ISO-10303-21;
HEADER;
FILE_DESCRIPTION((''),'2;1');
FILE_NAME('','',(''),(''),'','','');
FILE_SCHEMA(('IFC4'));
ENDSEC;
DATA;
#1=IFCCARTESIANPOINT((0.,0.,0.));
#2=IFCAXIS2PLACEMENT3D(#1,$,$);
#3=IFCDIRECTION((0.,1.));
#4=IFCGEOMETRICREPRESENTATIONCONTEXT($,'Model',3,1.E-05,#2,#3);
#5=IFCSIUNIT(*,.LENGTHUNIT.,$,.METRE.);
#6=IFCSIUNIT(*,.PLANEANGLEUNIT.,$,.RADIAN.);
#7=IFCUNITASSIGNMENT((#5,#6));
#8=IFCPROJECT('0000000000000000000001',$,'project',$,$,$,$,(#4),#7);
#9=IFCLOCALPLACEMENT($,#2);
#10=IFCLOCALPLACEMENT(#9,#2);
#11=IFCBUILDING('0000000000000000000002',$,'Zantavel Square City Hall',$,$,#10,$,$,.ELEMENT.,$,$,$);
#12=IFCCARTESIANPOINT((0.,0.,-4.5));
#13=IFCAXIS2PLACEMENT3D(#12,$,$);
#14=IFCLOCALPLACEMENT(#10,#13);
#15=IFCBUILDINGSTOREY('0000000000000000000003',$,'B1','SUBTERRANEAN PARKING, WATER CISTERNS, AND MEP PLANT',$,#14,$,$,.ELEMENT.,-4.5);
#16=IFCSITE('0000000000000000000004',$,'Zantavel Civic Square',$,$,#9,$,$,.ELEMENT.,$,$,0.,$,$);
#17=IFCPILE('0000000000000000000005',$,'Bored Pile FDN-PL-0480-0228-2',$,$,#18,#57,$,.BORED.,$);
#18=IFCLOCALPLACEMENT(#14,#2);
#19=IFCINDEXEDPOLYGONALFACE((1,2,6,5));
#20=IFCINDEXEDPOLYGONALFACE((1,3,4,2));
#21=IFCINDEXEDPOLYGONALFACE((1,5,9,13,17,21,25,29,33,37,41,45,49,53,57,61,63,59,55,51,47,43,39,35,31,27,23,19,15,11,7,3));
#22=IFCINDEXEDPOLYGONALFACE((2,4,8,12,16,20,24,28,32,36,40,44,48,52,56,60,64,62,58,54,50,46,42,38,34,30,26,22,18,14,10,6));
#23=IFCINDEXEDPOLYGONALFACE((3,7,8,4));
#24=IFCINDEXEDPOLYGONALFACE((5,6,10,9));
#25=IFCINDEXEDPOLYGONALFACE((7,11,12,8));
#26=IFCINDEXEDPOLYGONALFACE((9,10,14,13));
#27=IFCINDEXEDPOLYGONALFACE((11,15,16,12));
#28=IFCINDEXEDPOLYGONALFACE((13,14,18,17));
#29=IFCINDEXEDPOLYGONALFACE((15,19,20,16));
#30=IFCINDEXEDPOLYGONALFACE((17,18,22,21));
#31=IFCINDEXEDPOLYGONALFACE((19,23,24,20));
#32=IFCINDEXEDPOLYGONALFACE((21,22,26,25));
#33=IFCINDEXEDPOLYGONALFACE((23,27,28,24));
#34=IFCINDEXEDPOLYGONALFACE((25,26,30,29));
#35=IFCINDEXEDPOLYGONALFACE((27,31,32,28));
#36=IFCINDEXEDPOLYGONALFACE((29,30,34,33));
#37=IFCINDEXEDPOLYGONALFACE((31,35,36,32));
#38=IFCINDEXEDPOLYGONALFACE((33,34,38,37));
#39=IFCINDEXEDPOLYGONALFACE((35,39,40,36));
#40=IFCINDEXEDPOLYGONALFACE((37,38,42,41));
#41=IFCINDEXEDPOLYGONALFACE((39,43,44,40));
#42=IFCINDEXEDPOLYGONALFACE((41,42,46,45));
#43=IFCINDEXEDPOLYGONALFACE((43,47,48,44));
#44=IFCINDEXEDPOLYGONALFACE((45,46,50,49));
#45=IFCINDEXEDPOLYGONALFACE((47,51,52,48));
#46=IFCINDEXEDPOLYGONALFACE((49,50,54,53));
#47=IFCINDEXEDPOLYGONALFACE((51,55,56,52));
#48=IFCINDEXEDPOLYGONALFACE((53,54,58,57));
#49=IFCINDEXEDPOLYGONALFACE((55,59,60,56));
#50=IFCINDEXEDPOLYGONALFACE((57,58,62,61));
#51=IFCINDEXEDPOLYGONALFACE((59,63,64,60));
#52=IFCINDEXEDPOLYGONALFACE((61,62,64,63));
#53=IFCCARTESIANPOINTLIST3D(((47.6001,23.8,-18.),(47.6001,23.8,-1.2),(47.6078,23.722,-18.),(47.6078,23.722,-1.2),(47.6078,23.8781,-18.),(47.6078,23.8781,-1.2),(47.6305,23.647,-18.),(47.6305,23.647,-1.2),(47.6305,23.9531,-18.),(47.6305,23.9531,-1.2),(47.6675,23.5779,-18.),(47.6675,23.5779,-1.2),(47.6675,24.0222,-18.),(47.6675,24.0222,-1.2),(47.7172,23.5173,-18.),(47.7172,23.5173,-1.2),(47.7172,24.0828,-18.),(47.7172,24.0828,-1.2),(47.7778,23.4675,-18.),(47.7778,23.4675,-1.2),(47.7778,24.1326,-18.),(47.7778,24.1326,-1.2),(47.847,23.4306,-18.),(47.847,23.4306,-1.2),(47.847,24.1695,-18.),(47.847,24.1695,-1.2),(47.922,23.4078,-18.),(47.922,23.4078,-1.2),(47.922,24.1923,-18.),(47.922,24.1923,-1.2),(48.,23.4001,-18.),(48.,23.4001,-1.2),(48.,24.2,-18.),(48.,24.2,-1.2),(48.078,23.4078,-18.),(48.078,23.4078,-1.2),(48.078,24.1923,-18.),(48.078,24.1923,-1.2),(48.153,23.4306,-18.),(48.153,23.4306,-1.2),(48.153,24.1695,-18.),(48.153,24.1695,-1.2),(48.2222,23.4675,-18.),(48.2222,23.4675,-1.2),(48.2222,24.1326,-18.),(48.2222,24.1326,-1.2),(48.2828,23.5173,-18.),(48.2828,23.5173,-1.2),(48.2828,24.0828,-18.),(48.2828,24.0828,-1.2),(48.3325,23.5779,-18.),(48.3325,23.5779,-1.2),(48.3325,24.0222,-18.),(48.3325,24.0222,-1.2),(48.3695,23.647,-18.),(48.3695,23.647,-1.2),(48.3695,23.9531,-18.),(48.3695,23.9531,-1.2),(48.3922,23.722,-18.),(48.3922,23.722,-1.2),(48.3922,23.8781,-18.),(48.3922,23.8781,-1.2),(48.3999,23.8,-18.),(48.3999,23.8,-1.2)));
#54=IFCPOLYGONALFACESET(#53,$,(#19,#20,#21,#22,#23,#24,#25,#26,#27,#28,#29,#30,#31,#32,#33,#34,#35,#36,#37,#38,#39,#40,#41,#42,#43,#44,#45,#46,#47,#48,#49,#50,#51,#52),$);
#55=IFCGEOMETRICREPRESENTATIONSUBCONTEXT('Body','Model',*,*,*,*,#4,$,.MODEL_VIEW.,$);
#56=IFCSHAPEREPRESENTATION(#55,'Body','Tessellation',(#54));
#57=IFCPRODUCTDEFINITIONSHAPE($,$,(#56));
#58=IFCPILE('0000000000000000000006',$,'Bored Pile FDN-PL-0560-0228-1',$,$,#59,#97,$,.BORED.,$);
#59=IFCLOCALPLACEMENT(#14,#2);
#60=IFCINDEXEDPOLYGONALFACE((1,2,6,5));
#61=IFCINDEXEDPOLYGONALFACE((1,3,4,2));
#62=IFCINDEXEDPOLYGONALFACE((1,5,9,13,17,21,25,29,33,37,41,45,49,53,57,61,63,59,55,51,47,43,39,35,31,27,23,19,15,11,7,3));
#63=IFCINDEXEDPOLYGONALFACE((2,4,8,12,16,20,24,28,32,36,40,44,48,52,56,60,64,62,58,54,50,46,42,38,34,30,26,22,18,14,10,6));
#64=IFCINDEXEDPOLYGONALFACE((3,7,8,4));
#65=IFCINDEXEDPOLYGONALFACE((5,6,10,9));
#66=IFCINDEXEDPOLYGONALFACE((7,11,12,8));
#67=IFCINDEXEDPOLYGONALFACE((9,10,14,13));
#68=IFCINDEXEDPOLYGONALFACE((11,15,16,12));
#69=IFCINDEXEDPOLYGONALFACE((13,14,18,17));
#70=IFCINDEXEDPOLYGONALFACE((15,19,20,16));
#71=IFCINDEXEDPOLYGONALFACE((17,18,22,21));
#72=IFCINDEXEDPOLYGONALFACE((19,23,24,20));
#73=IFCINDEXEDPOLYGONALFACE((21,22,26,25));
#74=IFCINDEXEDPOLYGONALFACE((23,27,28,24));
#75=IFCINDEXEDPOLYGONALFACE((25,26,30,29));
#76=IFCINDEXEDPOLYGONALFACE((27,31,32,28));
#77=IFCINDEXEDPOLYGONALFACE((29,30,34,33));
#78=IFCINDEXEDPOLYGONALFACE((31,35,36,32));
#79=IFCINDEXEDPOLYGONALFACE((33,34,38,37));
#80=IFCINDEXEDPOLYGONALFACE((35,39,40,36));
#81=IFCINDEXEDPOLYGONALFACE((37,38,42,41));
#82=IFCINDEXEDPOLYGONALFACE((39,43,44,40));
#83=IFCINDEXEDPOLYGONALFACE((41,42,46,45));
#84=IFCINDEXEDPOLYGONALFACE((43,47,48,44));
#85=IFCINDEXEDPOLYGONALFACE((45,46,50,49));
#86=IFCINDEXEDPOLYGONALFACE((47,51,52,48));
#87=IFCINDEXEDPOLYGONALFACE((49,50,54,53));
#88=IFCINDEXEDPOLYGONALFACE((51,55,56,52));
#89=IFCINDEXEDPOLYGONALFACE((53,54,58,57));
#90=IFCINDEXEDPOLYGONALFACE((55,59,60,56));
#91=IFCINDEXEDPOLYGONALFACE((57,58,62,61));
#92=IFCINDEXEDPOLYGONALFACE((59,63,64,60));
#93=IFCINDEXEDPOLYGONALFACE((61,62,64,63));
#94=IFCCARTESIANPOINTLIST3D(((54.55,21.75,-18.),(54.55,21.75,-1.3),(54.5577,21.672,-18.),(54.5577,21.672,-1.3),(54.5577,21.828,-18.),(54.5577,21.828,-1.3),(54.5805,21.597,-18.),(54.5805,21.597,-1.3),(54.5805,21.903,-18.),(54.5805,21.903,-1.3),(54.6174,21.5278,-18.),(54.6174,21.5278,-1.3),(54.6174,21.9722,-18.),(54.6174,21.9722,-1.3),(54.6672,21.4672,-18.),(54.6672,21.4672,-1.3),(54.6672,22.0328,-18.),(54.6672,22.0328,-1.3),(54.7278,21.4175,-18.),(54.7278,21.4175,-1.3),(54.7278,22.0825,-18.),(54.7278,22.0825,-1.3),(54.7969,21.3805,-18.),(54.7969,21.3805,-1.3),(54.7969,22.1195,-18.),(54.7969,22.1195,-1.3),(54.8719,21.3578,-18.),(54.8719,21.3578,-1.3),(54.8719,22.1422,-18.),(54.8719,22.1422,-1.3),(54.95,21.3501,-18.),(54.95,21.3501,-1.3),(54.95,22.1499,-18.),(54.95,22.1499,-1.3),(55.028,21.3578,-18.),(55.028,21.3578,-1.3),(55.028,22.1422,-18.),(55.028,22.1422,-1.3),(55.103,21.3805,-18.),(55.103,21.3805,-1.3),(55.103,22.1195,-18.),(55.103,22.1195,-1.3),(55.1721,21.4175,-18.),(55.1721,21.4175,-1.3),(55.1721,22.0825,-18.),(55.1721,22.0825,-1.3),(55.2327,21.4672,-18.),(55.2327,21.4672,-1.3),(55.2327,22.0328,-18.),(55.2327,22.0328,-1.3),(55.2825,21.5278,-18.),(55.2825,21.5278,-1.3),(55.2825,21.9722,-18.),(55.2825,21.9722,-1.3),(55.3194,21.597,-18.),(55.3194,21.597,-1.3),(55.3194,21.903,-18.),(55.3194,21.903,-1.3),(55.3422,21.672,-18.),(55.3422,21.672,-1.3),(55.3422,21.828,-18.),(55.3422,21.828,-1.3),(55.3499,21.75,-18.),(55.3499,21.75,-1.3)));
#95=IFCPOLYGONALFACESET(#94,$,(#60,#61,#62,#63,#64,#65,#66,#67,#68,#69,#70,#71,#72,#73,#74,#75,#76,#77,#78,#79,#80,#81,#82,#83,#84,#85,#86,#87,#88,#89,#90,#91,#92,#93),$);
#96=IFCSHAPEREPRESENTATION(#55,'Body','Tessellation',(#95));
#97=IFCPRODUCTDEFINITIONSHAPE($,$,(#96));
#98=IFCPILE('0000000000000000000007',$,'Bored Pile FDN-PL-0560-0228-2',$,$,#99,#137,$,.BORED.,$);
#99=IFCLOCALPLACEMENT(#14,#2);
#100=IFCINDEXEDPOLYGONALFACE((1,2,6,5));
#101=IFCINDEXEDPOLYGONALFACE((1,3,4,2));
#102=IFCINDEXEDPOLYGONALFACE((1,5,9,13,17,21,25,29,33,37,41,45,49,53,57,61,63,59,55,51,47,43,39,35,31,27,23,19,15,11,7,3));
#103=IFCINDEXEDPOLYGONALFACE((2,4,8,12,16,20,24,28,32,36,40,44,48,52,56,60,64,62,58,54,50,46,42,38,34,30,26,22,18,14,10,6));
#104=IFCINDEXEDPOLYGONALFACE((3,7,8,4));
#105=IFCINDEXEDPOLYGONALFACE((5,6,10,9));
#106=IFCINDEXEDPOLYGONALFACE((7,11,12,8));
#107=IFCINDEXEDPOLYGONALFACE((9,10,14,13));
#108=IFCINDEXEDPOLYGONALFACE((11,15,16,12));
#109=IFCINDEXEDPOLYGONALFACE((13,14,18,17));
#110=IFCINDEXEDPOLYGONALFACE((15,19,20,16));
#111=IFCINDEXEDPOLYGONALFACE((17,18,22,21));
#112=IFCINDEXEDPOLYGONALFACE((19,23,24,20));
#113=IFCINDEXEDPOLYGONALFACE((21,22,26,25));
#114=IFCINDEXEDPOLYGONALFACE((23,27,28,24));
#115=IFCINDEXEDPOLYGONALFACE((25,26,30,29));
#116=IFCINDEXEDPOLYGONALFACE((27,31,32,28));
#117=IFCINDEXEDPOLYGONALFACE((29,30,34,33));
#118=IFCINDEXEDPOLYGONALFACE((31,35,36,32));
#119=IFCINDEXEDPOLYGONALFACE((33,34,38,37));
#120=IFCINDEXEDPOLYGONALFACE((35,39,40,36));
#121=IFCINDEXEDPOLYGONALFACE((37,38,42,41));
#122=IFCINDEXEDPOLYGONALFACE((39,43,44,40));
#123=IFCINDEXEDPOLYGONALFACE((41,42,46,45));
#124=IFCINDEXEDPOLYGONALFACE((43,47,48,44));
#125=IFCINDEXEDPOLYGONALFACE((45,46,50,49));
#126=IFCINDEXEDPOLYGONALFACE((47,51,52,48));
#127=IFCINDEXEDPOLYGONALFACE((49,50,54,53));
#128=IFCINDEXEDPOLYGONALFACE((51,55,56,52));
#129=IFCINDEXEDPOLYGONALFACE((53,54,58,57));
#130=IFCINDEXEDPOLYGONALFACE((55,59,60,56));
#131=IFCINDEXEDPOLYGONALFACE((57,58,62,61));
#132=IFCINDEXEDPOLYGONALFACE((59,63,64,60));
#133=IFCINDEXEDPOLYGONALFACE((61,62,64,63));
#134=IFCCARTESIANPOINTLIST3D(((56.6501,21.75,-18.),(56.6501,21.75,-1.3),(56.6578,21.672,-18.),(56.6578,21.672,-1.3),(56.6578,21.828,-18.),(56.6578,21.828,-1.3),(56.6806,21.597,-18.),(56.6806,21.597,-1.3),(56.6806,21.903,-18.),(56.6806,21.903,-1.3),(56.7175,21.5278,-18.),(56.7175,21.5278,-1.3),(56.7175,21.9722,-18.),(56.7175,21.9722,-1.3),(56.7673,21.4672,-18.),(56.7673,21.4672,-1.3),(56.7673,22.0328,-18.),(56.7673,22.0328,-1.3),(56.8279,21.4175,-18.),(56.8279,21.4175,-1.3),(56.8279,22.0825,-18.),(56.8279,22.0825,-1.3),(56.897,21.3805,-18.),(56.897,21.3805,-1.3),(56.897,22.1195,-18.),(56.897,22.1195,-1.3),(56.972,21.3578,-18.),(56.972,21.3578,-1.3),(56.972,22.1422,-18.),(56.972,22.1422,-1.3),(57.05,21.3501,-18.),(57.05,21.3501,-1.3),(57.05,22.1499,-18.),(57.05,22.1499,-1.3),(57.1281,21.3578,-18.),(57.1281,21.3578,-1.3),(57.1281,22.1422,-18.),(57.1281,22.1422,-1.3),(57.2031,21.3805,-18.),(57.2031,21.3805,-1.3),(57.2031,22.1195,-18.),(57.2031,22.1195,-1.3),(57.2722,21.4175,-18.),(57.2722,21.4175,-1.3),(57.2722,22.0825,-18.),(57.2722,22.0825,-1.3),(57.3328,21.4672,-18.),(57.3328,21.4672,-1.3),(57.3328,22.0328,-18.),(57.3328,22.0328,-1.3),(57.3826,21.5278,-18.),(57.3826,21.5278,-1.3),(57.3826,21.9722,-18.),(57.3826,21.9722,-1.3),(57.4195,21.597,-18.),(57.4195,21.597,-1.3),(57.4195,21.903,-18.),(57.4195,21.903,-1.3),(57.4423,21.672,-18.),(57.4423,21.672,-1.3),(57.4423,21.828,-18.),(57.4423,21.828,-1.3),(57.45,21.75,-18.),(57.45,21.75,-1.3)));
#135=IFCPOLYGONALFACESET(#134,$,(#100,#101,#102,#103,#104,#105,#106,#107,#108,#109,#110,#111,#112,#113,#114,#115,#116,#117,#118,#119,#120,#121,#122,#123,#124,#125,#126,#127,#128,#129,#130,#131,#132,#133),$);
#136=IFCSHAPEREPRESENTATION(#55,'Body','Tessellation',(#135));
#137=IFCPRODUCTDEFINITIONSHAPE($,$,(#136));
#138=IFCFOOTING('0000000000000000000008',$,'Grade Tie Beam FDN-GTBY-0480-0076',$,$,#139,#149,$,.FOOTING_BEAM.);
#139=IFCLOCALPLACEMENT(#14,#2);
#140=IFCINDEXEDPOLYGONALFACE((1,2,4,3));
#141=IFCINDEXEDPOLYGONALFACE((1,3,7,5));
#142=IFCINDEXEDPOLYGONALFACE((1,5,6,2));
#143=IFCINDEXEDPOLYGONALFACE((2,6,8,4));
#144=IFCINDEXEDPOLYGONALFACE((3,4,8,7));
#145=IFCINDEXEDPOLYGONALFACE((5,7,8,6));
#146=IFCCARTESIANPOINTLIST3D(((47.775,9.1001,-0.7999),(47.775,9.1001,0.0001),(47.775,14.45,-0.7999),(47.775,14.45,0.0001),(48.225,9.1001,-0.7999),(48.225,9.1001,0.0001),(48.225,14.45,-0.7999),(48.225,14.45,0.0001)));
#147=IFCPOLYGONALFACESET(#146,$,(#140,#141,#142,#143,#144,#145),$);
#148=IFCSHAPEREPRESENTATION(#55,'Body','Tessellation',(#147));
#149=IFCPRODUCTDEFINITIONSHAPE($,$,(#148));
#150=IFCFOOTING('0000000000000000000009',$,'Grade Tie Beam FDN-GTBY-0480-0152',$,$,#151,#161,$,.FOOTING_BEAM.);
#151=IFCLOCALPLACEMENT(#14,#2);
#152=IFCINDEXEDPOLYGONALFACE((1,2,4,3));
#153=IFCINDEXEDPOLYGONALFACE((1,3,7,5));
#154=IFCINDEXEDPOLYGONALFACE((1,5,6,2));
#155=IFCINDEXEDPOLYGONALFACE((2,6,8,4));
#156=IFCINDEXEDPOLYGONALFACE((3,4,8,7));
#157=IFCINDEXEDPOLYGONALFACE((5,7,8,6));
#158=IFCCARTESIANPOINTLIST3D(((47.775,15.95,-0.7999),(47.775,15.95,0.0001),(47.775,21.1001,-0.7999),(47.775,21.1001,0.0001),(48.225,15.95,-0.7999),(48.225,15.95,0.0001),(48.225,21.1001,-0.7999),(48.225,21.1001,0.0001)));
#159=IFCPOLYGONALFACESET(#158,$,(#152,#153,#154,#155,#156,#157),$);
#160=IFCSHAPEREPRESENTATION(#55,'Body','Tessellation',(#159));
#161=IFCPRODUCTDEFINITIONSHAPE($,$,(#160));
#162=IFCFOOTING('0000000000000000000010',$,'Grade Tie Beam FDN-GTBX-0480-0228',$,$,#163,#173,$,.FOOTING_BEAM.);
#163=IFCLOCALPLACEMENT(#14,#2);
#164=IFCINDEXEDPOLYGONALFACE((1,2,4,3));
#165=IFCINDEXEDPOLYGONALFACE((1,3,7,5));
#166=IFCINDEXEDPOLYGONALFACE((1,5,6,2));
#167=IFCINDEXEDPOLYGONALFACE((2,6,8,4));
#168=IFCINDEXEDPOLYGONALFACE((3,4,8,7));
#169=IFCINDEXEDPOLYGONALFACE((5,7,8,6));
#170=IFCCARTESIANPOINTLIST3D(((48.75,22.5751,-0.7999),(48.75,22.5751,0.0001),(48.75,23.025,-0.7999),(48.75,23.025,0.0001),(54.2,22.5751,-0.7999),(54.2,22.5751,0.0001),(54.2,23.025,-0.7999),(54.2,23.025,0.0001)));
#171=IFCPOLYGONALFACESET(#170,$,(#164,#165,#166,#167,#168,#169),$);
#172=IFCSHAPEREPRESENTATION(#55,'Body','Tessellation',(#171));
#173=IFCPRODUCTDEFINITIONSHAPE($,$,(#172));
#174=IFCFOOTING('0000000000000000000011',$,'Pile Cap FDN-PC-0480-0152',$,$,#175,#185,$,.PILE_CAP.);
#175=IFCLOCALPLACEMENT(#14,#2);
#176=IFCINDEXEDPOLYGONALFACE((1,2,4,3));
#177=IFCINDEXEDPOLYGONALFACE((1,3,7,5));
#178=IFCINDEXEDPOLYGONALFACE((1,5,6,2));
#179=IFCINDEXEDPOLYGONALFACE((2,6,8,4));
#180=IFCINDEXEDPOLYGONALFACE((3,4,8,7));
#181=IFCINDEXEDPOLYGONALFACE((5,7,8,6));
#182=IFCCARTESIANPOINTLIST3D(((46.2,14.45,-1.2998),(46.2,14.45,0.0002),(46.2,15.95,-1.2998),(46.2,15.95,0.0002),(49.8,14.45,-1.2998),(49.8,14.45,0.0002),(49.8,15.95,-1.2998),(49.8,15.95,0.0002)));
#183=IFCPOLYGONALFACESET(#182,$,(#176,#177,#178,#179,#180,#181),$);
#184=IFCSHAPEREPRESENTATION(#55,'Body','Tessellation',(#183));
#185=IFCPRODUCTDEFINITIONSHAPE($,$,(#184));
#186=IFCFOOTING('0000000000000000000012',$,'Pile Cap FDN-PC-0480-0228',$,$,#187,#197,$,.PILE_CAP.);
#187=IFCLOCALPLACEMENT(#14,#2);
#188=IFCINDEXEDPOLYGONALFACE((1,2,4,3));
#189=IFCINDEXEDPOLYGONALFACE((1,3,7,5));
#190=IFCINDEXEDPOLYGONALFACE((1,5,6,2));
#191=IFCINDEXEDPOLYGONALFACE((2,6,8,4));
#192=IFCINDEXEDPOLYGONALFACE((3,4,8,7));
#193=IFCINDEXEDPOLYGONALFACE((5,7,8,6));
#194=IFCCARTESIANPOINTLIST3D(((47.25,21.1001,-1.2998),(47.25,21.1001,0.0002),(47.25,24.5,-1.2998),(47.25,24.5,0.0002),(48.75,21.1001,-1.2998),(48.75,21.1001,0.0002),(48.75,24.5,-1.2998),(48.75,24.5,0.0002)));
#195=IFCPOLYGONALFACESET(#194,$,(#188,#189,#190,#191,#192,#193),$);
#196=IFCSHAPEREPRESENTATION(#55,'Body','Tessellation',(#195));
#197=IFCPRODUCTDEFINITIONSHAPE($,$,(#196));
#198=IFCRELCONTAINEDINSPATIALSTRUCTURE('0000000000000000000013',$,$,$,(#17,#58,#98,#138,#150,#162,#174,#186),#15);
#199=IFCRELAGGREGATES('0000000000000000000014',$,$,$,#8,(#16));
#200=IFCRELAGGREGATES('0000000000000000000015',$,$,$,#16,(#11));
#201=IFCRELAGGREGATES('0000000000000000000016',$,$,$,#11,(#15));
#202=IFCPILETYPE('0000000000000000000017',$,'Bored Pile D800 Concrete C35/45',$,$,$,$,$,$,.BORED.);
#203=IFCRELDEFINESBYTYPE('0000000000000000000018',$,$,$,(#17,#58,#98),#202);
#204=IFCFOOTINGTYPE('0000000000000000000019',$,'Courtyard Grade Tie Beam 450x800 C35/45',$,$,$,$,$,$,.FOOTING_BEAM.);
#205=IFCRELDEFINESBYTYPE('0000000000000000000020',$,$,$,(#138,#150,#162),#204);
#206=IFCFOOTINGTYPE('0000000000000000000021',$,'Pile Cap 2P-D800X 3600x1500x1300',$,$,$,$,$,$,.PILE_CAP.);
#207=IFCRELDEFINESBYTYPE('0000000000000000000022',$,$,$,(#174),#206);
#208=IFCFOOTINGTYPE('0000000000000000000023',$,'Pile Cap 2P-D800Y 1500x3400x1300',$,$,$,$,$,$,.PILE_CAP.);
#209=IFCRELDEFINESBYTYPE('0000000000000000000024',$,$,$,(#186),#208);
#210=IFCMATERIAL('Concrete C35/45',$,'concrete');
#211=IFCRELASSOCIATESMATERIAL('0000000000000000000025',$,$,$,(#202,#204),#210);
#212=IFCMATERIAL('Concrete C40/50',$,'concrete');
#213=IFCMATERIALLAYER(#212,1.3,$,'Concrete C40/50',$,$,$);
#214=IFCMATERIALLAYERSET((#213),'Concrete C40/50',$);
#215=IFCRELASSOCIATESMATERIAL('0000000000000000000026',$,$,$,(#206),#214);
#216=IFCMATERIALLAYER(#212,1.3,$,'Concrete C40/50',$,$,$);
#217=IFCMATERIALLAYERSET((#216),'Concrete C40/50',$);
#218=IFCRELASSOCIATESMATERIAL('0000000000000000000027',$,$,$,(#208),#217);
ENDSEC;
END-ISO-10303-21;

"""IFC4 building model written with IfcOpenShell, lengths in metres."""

from ifc_helpers import new_model, si_unit, direction, frame, origin, origin_2d, place, context, subcontext, project, spatial, rectangle, circle, extrude, material, layer, layer_set, material_profile, profile_set, type_object, element, save


model = new_model("IFC4")

# Units and contexts
model_context = context("Model", 3, precision=1e-05, world=origin(), true_north=direction((0.0, 1.0)))
body_context = subcontext(model_context, "Body", "Model", "MODEL_VIEW")
ifc_project = project(units=[si_unit("LENGTHUNIT", "METRE"), si_unit("PLANEANGLEUNIT", "RADIAN")], contexts=[model_context])

# Site, building, storey
site_placement = place(None, origin())
site = spatial("IfcSite", under=ifc_project, at=site_placement, Name="Zantavel Civic Square", CompositionType="ELEMENT", RefElevation=0.0)
building_placement = place(site_placement, origin())
building = spatial("IfcBuilding", under=site, at=building_placement, Name="Zantavel Square City Hall", CompositionType="ELEMENT")
storey_placement = place(building_placement, frame((0.0, 0.0, -4.5)))
storey = spatial("IfcBuildingStorey", under=building, at=storey_placement, Name="B1", Description="SUBTERRANEAN PARKING, WATER CISTERNS, AND MEP PLANT", CompositionType="ELEMENT", Elevation=-4.5)

# Piles
ifc_material_1 = material(Name="Concrete C35/45", Category="concrete")
ifc_material_profile_1 = material_profile(ifc_material_1, circle(Radius=0.3999, at=origin_2d()), Name="PILE D800")
ifc_profile_set_1 = profile_set([ifc_material_profile_1], Name="Concrete C35/45")
pile_type = type_object("IfcPileType", Name="Bored Pile D800 Concrete C35/45", PredefinedType="BORED", material=ifc_profile_set_1)
for number, where, z_axis, x_axis, name in (
    (1, (48.0, 23.8, -1.2), (0.0, 0.0, -1.0), (1.0, 0.0, 0.0), "Bored Pile FDN-PL-0480-0228-2"),
):
    element("IfcPile", number, at=place(storey_placement, frame(where, z_axis=z_axis, x_axis=x_axis)), inside=storey, type_object=pile_type, Name=name, PredefinedType="BORED", context=body_context, shape_type="SweptSolid", body=[
        extrude(circle(Radius=0.3999, at=origin_2d()), origin(), (0.0, 0.0, 1.0), 16.8),
    ])
for number, where, z_axis, x_axis, name in (
    (2, (54.95, 21.75, -1.3), (0.0, 0.0, -1.0), (1.0, 0.0, 0.0), "Bored Pile FDN-PL-0560-0228-1"),
    (3, (57.05, 21.75, -1.3), (0.0, 0.0, -1.0), (1.0, 0.0, 0.0), "Bored Pile FDN-PL-0560-0228-2"),
):
    element("IfcPile", number, at=place(storey_placement, frame(where, z_axis=z_axis, x_axis=x_axis)), inside=storey, type_object=pile_type, Name=name, PredefinedType="BORED", context=body_context, shape_type="SweptSolid", body=[
        extrude(circle(Radius=0.3999, at=origin_2d()), origin(), (0.0, 0.0, 1.0), 16.7),
    ])

# Footings
ifc_material_profile_2 = material_profile(ifc_material_1, rectangle(XDim=0.45, YDim=0.8, at=origin_2d()), Name="RC 450x800")
ifc_profile_set_2 = profile_set([ifc_material_profile_2], Name="Concrete C35/45")
footing_type_1 = type_object("IfcFootingType", Name="Courtyard Grade Tie Beam 450x800 C35/45", PredefinedType="FOOTING_BEAM", material=ifc_profile_set_2)
footing_1_placement = place(storey_placement, frame((48.0, 9.1001, -0.3999), z_axis=(0.0, 1.0, 0.0), x_axis=(-1.0, 0.0, 0.0)))
element("IfcFooting", 4, at=footing_1_placement, inside=storey, type_object=footing_type_1, Name="Grade Tie Beam FDN-GTBY-0480-0076", PredefinedType="FOOTING_BEAM", context=body_context, shape_type="SweptSolid", body=[
    extrude(rectangle(XDim=0.45, YDim=0.8, at=origin_2d()), origin(), (0.0, 0.0, 1.0), 5.3499),
])
footing_2_placement = place(storey_placement, frame((48.0, 15.95, -0.3999), z_axis=(0.0, 1.0, 0.0), x_axis=(-1.0, 0.0, 0.0)))
element("IfcFooting", 5, at=footing_2_placement, inside=storey, type_object=footing_type_1, Name="Grade Tie Beam FDN-GTBY-0480-0152", PredefinedType="FOOTING_BEAM", context=body_context, shape_type="SweptSolid", body=[
    extrude(rectangle(XDim=0.45, YDim=0.8, at=origin_2d()), origin(), (0.0, 0.0, 1.0), 5.1501),
])
footing_3_placement = place(storey_placement, frame((48.75, 22.8, -0.3999), z_axis=(1.0, 0.0, 0.0), x_axis=(0.0, 1.0, 0.0)))
element("IfcFooting", 6, at=footing_3_placement, inside=storey, type_object=footing_type_1, Name="Grade Tie Beam FDN-GTBX-0480-0228", PredefinedType="FOOTING_BEAM", context=body_context, shape_type="SweptSolid", body=[
    extrude(rectangle(XDim=0.45, YDim=0.8, at=origin_2d()), origin(), (0.0, 0.0, 1.0), 5.45),
])
ifc_material_2 = material(Name="Concrete C40/50", Category="concrete")
ifc_layer_1 = layer(ifc_material_2, 1.3, Name="Concrete C40/50")
ifc_layer_set_1 = layer_set([ifc_layer_1], Name="Concrete C40/50")
footing_type_2 = type_object("IfcFootingType", Name="Pile Cap 2P-D800X 3600x1500x1300", PredefinedType="PILE_CAP", material=ifc_layer_set_1)
footing_4_placement = place(storey_placement, frame((48.0, 15.2, -1.2998), z_axis=(0.0, 0.0, 1.0), x_axis=(1.0, 0.0, 0.0)))
element("IfcFooting", 7, at=footing_4_placement, inside=storey, type_object=footing_type_2, Name="Pile Cap FDN-PC-0480-0152", PredefinedType="PILE_CAP", context=body_context, shape_type="SweptSolid", body=[
    extrude(rectangle(XDim=3.6001, YDim=1.5, at=origin_2d()), origin(), (0.0, 0.0, 1.0), 1.3),
])
ifc_layer_2 = layer(ifc_material_2, 1.3, Name="Concrete C40/50")
ifc_layer_set_2 = layer_set([ifc_layer_2], Name="Concrete C40/50")
footing_type_3 = type_object("IfcFootingType", Name="Pile Cap 2P-D800Y 1500x3400x1300", PredefinedType="PILE_CAP", material=ifc_layer_set_2)
footing_5_placement = place(storey_placement, frame((48.0, 22.8, -1.2998), z_axis=(0.0, 0.0, 1.0), x_axis=(1.0, 0.0, 0.0)))
element("IfcFooting", 8, at=footing_5_placement, inside=storey, type_object=footing_type_3, Name="Pile Cap FDN-PC-0480-0228", PredefinedType="PILE_CAP", context=body_context, shape_type="SweptSolid", body=[
    extrude(rectangle(XDim=1.5, YDim=3.3999, at=origin_2d()), origin(), (0.0, 0.0, 1.0), 1.3),
])

save(model, "model.ifc")
